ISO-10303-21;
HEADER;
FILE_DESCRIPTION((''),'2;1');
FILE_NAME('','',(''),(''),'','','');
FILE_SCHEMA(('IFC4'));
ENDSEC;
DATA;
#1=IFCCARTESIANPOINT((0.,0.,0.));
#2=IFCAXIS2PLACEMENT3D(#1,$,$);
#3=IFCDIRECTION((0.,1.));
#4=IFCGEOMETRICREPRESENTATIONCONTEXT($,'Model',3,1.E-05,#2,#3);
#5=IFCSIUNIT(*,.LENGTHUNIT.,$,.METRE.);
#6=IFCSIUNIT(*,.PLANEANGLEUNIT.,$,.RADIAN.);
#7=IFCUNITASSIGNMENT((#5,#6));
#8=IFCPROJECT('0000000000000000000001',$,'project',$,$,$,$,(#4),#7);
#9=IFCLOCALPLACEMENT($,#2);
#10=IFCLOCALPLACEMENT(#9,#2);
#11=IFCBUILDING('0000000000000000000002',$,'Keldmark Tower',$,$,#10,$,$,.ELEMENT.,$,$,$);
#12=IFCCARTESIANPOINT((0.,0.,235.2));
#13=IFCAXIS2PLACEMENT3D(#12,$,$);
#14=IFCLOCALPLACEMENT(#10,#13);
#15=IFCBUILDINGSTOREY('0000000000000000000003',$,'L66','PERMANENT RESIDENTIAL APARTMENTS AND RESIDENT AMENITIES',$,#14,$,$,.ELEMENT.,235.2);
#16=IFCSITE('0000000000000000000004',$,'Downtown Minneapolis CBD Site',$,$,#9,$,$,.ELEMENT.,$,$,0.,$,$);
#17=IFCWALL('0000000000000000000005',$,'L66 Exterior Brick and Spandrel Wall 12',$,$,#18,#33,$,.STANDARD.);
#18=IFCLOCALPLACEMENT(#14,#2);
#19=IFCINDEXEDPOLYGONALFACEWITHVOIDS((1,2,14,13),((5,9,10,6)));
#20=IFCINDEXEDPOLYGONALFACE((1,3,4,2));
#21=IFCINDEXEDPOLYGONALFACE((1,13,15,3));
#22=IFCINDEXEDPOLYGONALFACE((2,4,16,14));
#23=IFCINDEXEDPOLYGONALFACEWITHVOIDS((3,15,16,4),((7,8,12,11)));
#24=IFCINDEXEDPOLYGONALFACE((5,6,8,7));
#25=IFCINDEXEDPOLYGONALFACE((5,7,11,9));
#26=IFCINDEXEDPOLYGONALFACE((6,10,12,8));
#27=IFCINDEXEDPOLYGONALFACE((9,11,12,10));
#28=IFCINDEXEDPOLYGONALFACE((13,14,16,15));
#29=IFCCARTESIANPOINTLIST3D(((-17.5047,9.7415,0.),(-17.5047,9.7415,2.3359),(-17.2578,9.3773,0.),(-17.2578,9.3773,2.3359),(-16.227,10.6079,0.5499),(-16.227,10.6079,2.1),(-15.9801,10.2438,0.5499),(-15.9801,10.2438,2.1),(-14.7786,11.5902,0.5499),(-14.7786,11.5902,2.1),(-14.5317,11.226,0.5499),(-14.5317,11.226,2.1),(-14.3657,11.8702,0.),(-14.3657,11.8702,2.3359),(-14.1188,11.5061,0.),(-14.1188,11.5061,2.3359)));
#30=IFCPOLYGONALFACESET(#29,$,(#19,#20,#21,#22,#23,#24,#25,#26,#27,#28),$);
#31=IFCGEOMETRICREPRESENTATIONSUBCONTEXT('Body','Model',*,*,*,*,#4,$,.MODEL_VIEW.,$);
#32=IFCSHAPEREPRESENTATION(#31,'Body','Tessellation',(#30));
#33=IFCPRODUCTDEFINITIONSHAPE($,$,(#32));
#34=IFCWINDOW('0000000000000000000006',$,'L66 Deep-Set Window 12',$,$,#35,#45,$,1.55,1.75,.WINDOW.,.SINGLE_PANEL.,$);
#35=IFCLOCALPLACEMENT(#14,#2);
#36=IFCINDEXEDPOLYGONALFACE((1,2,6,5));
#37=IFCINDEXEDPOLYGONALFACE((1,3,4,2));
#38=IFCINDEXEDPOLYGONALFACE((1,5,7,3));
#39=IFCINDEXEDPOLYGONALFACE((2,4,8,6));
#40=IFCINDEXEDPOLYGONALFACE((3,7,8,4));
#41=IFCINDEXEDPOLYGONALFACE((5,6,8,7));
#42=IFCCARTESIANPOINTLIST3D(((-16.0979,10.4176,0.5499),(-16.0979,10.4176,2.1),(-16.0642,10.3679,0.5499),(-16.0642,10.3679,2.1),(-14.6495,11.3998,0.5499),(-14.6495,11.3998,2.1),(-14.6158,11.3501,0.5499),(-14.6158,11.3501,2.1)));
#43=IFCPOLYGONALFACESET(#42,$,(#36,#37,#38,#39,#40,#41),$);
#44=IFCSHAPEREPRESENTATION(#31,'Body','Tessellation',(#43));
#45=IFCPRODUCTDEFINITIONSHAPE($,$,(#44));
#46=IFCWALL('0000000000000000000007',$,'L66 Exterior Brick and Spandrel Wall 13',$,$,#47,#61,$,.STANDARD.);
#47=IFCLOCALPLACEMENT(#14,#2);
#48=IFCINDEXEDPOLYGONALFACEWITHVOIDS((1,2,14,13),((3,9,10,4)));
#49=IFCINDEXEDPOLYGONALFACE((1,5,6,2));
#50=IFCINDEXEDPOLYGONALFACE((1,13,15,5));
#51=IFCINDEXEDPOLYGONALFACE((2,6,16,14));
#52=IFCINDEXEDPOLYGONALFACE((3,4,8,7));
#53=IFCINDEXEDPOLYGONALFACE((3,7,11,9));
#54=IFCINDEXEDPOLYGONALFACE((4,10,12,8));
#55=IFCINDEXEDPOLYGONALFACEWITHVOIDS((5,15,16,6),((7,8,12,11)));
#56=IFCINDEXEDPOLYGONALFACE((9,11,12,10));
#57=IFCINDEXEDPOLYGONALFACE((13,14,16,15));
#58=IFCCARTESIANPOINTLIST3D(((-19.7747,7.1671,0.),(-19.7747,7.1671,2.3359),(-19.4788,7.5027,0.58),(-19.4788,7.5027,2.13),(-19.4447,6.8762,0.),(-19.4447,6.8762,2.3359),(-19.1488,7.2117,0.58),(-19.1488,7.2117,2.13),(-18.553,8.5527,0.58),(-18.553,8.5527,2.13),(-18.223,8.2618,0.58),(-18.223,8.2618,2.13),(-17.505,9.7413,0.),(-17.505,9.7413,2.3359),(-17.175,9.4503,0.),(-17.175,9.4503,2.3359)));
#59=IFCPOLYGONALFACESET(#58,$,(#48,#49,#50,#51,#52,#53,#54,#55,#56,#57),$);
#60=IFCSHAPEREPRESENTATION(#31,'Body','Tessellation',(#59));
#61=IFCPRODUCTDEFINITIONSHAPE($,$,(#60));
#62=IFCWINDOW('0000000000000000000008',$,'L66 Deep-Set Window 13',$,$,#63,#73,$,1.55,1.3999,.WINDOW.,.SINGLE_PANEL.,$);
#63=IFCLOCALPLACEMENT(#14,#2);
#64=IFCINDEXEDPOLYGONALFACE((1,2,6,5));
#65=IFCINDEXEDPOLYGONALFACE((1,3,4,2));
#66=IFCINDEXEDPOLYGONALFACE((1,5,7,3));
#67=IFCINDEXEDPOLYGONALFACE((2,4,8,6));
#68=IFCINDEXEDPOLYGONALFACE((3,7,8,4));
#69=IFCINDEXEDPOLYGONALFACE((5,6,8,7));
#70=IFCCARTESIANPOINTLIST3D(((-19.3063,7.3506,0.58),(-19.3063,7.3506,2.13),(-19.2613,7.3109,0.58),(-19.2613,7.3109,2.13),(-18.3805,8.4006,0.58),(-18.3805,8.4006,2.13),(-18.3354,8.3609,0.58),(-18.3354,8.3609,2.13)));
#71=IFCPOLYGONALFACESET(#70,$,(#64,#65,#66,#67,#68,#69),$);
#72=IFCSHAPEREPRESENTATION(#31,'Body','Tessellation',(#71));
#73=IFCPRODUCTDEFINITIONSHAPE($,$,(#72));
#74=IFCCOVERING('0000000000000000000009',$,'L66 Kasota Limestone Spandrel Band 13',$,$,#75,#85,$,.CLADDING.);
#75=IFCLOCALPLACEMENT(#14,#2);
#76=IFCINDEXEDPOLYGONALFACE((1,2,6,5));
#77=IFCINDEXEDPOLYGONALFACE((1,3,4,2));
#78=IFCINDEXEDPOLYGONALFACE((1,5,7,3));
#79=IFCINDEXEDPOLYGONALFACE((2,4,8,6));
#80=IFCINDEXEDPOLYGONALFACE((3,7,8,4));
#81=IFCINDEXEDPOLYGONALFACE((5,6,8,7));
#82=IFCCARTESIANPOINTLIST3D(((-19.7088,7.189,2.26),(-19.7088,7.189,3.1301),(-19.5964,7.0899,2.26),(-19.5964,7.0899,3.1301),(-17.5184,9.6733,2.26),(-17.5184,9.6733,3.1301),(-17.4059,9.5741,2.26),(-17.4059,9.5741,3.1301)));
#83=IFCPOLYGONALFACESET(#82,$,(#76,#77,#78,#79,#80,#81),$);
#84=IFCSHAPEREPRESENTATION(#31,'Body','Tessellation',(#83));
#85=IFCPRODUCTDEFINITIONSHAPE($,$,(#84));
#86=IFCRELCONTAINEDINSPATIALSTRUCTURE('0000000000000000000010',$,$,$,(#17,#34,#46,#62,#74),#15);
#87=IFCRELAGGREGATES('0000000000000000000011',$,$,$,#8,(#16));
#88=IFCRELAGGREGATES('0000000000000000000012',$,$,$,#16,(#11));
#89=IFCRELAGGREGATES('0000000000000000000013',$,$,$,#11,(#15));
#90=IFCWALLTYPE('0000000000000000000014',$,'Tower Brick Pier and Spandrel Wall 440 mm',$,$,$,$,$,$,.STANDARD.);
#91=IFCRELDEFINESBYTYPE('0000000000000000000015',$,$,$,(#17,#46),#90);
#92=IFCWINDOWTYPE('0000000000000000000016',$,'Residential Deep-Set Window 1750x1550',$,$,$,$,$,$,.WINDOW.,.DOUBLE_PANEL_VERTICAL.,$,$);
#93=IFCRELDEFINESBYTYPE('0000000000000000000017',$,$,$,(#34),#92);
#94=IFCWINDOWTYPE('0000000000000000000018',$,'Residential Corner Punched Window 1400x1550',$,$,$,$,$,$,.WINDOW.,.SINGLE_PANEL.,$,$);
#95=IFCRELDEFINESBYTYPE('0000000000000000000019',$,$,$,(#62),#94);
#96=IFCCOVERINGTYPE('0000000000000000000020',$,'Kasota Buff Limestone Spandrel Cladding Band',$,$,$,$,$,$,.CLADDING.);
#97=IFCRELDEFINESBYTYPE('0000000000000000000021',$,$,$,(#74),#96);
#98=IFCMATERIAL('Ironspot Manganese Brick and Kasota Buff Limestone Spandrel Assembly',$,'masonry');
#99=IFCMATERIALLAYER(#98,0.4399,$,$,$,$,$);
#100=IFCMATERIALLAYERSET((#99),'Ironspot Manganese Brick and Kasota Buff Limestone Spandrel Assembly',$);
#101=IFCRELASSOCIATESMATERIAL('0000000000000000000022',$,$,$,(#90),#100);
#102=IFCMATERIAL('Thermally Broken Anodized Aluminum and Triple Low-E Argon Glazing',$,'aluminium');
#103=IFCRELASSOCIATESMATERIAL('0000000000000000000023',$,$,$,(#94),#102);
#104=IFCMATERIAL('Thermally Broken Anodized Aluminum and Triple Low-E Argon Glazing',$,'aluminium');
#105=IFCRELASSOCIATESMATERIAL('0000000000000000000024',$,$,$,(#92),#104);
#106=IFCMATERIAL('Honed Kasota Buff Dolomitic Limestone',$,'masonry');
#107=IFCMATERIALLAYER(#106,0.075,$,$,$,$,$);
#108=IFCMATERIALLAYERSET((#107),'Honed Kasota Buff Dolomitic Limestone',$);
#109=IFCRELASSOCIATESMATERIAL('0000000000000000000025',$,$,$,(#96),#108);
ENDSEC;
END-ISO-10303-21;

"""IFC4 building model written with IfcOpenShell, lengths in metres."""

from ifc_helpers import new_model, si_unit, direction, frame, frame_2d, origin, origin_2d, place, context, subcontext, project, spatial, rectangle, extrude, material, layer, layer_set, type_object, element, fill, save


model = new_model("IFC4")

# Units and contexts
model_context = context("Model", 3, precision=1e-05, world=origin(), true_north=direction((0.0, 1.0)))
body_context = subcontext(model_context, "Body", "Model", "MODEL_VIEW")
ifc_project = project(units=[si_unit("LENGTHUNIT", "METRE"), si_unit("PLANEANGLEUNIT", "RADIAN")], contexts=[model_context])

# Site, building, storey
site_placement = place(None, origin())
site = spatial("IfcSite", under=ifc_project, at=site_placement, Name="Downtown Minneapolis CBD Site", CompositionType="ELEMENT", RefElevation=0.0)
building_placement = place(site_placement, origin())
building = spatial("IfcBuilding", under=site, at=building_placement, Name="Keldmark Tower", CompositionType="ELEMENT")
storey_placement = place(building_placement, frame((0.0, 0.0, 235.2)))
storey = spatial("IfcBuildingStorey", under=building, at=storey_placement, Name="L66", Description="PERMANENT RESIDENTIAL APARTMENTS AND RESIDENT AMENITIES", CompositionType="ELEMENT", Elevation=235.2)

# Walls, openings, windows
ifc_material_1 = material(Name="Ironspot Manganese Brick and Kasota Buff Limestone Spandrel Assembly", Category="masonry")
ifc_layer_1 = layer(ifc_material_1, 0.4399)
ifc_layer_set_1 = layer_set([ifc_layer_1], Name="Ironspot Manganese Brick and Kasota Buff Limestone Spandrel Assembly")
wall_type_1 = type_object("IfcWallType", Name="Tower Brick Pier and Spandrel Wall 440 mm", PredefinedType="STANDARD", material=ifc_layer_set_1)
ifc_material_2 = material(Name="Thermally Broken Anodized Aluminum and Triple Low-E Argon Glazing", Category="aluminium")
window_type_1 = type_object("IfcWindowType", Name="Residential Corner Punched Window 1400x1550", PartitioningType="SINGLE_PANEL", PredefinedType="WINDOW", material=ifc_material_2)
wall_1_placement = place(storey_placement, frame((-17.3813, 9.5593, 0.0), z_axis=(0.0, 0.0, 1.0), x_axis=(0.827637, 0.561264, 0.0)))
wall_1 = element("IfcWall", 1, at=wall_1_placement, inside=storey, type_object=wall_type_1, Name="L66 Exterior Brick and Spandrel Wall 12", PredefinedType="STANDARD", context=body_context, shape_type="SweptSolid", body=[
    extrude(rectangle(XDim=3.7927, YDim=0.4399, at=frame_2d((1.8965, 0.0))), origin(), (0.0, 0.0, 1.0), 2.3359),
])
opening_1_placement = place(wall_1_placement, frame((1.5439, 0.0, 0.55)))
opening_1 = element("IfcOpeningElement", 2, at=opening_1_placement, cuts=wall_1, PredefinedType="OPENING", context=body_context, shape_type="SweptSolid", body=[
    extrude(rectangle(XDim=1.75, YDim=1.55, at=frame_2d((0.875, 0.7749))), frame((0.0, 0.23, 0.0), z_axis=(0.0, -1.0, 0.0), x_axis=(1.0, 0.0, 0.0)), (0.0, 0.0, 1.0), 0.46),
])
ifc_material_3 = material(Name="Thermally Broken Anodized Aluminum and Triple Low-E Argon Glazing", Category="aluminium")
window_type_2 = type_object("IfcWindowType", Name="Residential Deep-Set Window 1750x1550", PartitioningType="DOUBLE_PANEL_VERTICAL", PredefinedType="WINDOW", material=ifc_material_3)
window_1_placement = place(opening_1_placement, origin())
window_1 = element("IfcWindow", 3, at=window_1_placement, inside=storey, type_object=window_type_2, Name="L66 Deep-Set Window 12", OverallHeight=1.55, OverallWidth=1.75, PartitioningType="SINGLE_PANEL", PredefinedType="WINDOW", context=body_context, shape_type="SweptSolid", body=[
    extrude(rectangle(XDim=1.75, YDim=1.55, at=frame_2d((0.875, 0.7749))), frame((0.0, -0.01, 0.0), z_axis=(0.0, -1.0, 0.0), x_axis=(1.0, 0.0, 0.0)), (0.0, 0.0, 1.0), 0.0601),
])
fill(opening_1, window_1)
wall_2_placement = place(storey_placement, frame((-19.6096, 7.0217, 0.0), z_axis=(0.0, 0.0, 1.0), x_axis=(0.66136, 0.750068, 0.0)))
wall_2 = element("IfcWall", 4, at=wall_2_placement, inside=storey, type_object=wall_type_1, Name="L66 Exterior Brick and Spandrel Wall 13", PredefinedType="STANDARD", context=body_context, shape_type="SweptSolid", body=[
    extrude(rectangle(XDim=3.4319, YDim=0.4399, at=frame_2d((1.7158, 0.0))), origin(), (0.0, 0.0, 1.0), 2.3359),
])
opening_2_placement = place(wall_2_placement, frame((0.4473, 0.0, 0.5801)))
opening_2 = element("IfcOpeningElement", 5, at=opening_2_placement, cuts=wall_2, PredefinedType="OPENING", context=body_context, shape_type="SweptSolid", body=[
    extrude(rectangle(XDim=1.3999, YDim=1.55, at=frame_2d((0.7, 0.7749))), frame((0.0, 0.23, 0.0), z_axis=(0.0, -1.0, 0.0), x_axis=(1.0, 0.0, 0.0)), (0.0, 0.0, 1.0), 0.46),
])
window_2_placement = place(opening_2_placement, origin())
window_2 = element("IfcWindow", 6, at=window_2_placement, inside=storey, type_object=window_type_1, Name="L66 Deep-Set Window 13", OverallHeight=1.55, OverallWidth=1.3999, PartitioningType="SINGLE_PANEL", PredefinedType="WINDOW", context=body_context, shape_type="SweptSolid", body=[
    extrude(rectangle(XDim=1.3999, YDim=1.55, at=frame_2d((0.7, 0.7749))), frame((0.0, -0.01, 0.0), z_axis=(0.0, -1.0, 0.0), x_axis=(1.0, 0.0, 0.0)), (0.0, 0.0, 1.0), 0.0601),
])
fill(opening_2, window_2)

# Covering
ifc_material_4 = material(Name="Honed Kasota Buff Dolomitic Limestone", Category="masonry")
ifc_layer_2 = layer(ifc_material_4, 0.075)
ifc_layer_set_2 = layer_set([ifc_layer_2], Name="Honed Kasota Buff Dolomitic Limestone")
covering_type = type_object("IfcCoveringType", Name="Kasota Buff Limestone Spandrel Cladding Band", PredefinedType="CLADDING", material=ifc_layer_set_2)
covering_placement = place(storey_placement, frame((-18.5574, 8.3816, 2.26), z_axis=(0.0, 0.0, 1.0), x_axis=(-0.661364, -0.750065, 0.0)))
element("IfcCovering", 7, at=covering_placement, inside=storey, type_object=covering_type, Name="L66 Kasota Limestone Spandrel Band 13", PredefinedType="CLADDING", context=body_context, shape_type="SweptSolid", body=[
    extrude(rectangle(XDim=3.312, YDim=0.1499, at=origin_2d()), origin(), (0.0, 0.0, 1.0), 0.8701),
])

save(model, "model.ifc")
